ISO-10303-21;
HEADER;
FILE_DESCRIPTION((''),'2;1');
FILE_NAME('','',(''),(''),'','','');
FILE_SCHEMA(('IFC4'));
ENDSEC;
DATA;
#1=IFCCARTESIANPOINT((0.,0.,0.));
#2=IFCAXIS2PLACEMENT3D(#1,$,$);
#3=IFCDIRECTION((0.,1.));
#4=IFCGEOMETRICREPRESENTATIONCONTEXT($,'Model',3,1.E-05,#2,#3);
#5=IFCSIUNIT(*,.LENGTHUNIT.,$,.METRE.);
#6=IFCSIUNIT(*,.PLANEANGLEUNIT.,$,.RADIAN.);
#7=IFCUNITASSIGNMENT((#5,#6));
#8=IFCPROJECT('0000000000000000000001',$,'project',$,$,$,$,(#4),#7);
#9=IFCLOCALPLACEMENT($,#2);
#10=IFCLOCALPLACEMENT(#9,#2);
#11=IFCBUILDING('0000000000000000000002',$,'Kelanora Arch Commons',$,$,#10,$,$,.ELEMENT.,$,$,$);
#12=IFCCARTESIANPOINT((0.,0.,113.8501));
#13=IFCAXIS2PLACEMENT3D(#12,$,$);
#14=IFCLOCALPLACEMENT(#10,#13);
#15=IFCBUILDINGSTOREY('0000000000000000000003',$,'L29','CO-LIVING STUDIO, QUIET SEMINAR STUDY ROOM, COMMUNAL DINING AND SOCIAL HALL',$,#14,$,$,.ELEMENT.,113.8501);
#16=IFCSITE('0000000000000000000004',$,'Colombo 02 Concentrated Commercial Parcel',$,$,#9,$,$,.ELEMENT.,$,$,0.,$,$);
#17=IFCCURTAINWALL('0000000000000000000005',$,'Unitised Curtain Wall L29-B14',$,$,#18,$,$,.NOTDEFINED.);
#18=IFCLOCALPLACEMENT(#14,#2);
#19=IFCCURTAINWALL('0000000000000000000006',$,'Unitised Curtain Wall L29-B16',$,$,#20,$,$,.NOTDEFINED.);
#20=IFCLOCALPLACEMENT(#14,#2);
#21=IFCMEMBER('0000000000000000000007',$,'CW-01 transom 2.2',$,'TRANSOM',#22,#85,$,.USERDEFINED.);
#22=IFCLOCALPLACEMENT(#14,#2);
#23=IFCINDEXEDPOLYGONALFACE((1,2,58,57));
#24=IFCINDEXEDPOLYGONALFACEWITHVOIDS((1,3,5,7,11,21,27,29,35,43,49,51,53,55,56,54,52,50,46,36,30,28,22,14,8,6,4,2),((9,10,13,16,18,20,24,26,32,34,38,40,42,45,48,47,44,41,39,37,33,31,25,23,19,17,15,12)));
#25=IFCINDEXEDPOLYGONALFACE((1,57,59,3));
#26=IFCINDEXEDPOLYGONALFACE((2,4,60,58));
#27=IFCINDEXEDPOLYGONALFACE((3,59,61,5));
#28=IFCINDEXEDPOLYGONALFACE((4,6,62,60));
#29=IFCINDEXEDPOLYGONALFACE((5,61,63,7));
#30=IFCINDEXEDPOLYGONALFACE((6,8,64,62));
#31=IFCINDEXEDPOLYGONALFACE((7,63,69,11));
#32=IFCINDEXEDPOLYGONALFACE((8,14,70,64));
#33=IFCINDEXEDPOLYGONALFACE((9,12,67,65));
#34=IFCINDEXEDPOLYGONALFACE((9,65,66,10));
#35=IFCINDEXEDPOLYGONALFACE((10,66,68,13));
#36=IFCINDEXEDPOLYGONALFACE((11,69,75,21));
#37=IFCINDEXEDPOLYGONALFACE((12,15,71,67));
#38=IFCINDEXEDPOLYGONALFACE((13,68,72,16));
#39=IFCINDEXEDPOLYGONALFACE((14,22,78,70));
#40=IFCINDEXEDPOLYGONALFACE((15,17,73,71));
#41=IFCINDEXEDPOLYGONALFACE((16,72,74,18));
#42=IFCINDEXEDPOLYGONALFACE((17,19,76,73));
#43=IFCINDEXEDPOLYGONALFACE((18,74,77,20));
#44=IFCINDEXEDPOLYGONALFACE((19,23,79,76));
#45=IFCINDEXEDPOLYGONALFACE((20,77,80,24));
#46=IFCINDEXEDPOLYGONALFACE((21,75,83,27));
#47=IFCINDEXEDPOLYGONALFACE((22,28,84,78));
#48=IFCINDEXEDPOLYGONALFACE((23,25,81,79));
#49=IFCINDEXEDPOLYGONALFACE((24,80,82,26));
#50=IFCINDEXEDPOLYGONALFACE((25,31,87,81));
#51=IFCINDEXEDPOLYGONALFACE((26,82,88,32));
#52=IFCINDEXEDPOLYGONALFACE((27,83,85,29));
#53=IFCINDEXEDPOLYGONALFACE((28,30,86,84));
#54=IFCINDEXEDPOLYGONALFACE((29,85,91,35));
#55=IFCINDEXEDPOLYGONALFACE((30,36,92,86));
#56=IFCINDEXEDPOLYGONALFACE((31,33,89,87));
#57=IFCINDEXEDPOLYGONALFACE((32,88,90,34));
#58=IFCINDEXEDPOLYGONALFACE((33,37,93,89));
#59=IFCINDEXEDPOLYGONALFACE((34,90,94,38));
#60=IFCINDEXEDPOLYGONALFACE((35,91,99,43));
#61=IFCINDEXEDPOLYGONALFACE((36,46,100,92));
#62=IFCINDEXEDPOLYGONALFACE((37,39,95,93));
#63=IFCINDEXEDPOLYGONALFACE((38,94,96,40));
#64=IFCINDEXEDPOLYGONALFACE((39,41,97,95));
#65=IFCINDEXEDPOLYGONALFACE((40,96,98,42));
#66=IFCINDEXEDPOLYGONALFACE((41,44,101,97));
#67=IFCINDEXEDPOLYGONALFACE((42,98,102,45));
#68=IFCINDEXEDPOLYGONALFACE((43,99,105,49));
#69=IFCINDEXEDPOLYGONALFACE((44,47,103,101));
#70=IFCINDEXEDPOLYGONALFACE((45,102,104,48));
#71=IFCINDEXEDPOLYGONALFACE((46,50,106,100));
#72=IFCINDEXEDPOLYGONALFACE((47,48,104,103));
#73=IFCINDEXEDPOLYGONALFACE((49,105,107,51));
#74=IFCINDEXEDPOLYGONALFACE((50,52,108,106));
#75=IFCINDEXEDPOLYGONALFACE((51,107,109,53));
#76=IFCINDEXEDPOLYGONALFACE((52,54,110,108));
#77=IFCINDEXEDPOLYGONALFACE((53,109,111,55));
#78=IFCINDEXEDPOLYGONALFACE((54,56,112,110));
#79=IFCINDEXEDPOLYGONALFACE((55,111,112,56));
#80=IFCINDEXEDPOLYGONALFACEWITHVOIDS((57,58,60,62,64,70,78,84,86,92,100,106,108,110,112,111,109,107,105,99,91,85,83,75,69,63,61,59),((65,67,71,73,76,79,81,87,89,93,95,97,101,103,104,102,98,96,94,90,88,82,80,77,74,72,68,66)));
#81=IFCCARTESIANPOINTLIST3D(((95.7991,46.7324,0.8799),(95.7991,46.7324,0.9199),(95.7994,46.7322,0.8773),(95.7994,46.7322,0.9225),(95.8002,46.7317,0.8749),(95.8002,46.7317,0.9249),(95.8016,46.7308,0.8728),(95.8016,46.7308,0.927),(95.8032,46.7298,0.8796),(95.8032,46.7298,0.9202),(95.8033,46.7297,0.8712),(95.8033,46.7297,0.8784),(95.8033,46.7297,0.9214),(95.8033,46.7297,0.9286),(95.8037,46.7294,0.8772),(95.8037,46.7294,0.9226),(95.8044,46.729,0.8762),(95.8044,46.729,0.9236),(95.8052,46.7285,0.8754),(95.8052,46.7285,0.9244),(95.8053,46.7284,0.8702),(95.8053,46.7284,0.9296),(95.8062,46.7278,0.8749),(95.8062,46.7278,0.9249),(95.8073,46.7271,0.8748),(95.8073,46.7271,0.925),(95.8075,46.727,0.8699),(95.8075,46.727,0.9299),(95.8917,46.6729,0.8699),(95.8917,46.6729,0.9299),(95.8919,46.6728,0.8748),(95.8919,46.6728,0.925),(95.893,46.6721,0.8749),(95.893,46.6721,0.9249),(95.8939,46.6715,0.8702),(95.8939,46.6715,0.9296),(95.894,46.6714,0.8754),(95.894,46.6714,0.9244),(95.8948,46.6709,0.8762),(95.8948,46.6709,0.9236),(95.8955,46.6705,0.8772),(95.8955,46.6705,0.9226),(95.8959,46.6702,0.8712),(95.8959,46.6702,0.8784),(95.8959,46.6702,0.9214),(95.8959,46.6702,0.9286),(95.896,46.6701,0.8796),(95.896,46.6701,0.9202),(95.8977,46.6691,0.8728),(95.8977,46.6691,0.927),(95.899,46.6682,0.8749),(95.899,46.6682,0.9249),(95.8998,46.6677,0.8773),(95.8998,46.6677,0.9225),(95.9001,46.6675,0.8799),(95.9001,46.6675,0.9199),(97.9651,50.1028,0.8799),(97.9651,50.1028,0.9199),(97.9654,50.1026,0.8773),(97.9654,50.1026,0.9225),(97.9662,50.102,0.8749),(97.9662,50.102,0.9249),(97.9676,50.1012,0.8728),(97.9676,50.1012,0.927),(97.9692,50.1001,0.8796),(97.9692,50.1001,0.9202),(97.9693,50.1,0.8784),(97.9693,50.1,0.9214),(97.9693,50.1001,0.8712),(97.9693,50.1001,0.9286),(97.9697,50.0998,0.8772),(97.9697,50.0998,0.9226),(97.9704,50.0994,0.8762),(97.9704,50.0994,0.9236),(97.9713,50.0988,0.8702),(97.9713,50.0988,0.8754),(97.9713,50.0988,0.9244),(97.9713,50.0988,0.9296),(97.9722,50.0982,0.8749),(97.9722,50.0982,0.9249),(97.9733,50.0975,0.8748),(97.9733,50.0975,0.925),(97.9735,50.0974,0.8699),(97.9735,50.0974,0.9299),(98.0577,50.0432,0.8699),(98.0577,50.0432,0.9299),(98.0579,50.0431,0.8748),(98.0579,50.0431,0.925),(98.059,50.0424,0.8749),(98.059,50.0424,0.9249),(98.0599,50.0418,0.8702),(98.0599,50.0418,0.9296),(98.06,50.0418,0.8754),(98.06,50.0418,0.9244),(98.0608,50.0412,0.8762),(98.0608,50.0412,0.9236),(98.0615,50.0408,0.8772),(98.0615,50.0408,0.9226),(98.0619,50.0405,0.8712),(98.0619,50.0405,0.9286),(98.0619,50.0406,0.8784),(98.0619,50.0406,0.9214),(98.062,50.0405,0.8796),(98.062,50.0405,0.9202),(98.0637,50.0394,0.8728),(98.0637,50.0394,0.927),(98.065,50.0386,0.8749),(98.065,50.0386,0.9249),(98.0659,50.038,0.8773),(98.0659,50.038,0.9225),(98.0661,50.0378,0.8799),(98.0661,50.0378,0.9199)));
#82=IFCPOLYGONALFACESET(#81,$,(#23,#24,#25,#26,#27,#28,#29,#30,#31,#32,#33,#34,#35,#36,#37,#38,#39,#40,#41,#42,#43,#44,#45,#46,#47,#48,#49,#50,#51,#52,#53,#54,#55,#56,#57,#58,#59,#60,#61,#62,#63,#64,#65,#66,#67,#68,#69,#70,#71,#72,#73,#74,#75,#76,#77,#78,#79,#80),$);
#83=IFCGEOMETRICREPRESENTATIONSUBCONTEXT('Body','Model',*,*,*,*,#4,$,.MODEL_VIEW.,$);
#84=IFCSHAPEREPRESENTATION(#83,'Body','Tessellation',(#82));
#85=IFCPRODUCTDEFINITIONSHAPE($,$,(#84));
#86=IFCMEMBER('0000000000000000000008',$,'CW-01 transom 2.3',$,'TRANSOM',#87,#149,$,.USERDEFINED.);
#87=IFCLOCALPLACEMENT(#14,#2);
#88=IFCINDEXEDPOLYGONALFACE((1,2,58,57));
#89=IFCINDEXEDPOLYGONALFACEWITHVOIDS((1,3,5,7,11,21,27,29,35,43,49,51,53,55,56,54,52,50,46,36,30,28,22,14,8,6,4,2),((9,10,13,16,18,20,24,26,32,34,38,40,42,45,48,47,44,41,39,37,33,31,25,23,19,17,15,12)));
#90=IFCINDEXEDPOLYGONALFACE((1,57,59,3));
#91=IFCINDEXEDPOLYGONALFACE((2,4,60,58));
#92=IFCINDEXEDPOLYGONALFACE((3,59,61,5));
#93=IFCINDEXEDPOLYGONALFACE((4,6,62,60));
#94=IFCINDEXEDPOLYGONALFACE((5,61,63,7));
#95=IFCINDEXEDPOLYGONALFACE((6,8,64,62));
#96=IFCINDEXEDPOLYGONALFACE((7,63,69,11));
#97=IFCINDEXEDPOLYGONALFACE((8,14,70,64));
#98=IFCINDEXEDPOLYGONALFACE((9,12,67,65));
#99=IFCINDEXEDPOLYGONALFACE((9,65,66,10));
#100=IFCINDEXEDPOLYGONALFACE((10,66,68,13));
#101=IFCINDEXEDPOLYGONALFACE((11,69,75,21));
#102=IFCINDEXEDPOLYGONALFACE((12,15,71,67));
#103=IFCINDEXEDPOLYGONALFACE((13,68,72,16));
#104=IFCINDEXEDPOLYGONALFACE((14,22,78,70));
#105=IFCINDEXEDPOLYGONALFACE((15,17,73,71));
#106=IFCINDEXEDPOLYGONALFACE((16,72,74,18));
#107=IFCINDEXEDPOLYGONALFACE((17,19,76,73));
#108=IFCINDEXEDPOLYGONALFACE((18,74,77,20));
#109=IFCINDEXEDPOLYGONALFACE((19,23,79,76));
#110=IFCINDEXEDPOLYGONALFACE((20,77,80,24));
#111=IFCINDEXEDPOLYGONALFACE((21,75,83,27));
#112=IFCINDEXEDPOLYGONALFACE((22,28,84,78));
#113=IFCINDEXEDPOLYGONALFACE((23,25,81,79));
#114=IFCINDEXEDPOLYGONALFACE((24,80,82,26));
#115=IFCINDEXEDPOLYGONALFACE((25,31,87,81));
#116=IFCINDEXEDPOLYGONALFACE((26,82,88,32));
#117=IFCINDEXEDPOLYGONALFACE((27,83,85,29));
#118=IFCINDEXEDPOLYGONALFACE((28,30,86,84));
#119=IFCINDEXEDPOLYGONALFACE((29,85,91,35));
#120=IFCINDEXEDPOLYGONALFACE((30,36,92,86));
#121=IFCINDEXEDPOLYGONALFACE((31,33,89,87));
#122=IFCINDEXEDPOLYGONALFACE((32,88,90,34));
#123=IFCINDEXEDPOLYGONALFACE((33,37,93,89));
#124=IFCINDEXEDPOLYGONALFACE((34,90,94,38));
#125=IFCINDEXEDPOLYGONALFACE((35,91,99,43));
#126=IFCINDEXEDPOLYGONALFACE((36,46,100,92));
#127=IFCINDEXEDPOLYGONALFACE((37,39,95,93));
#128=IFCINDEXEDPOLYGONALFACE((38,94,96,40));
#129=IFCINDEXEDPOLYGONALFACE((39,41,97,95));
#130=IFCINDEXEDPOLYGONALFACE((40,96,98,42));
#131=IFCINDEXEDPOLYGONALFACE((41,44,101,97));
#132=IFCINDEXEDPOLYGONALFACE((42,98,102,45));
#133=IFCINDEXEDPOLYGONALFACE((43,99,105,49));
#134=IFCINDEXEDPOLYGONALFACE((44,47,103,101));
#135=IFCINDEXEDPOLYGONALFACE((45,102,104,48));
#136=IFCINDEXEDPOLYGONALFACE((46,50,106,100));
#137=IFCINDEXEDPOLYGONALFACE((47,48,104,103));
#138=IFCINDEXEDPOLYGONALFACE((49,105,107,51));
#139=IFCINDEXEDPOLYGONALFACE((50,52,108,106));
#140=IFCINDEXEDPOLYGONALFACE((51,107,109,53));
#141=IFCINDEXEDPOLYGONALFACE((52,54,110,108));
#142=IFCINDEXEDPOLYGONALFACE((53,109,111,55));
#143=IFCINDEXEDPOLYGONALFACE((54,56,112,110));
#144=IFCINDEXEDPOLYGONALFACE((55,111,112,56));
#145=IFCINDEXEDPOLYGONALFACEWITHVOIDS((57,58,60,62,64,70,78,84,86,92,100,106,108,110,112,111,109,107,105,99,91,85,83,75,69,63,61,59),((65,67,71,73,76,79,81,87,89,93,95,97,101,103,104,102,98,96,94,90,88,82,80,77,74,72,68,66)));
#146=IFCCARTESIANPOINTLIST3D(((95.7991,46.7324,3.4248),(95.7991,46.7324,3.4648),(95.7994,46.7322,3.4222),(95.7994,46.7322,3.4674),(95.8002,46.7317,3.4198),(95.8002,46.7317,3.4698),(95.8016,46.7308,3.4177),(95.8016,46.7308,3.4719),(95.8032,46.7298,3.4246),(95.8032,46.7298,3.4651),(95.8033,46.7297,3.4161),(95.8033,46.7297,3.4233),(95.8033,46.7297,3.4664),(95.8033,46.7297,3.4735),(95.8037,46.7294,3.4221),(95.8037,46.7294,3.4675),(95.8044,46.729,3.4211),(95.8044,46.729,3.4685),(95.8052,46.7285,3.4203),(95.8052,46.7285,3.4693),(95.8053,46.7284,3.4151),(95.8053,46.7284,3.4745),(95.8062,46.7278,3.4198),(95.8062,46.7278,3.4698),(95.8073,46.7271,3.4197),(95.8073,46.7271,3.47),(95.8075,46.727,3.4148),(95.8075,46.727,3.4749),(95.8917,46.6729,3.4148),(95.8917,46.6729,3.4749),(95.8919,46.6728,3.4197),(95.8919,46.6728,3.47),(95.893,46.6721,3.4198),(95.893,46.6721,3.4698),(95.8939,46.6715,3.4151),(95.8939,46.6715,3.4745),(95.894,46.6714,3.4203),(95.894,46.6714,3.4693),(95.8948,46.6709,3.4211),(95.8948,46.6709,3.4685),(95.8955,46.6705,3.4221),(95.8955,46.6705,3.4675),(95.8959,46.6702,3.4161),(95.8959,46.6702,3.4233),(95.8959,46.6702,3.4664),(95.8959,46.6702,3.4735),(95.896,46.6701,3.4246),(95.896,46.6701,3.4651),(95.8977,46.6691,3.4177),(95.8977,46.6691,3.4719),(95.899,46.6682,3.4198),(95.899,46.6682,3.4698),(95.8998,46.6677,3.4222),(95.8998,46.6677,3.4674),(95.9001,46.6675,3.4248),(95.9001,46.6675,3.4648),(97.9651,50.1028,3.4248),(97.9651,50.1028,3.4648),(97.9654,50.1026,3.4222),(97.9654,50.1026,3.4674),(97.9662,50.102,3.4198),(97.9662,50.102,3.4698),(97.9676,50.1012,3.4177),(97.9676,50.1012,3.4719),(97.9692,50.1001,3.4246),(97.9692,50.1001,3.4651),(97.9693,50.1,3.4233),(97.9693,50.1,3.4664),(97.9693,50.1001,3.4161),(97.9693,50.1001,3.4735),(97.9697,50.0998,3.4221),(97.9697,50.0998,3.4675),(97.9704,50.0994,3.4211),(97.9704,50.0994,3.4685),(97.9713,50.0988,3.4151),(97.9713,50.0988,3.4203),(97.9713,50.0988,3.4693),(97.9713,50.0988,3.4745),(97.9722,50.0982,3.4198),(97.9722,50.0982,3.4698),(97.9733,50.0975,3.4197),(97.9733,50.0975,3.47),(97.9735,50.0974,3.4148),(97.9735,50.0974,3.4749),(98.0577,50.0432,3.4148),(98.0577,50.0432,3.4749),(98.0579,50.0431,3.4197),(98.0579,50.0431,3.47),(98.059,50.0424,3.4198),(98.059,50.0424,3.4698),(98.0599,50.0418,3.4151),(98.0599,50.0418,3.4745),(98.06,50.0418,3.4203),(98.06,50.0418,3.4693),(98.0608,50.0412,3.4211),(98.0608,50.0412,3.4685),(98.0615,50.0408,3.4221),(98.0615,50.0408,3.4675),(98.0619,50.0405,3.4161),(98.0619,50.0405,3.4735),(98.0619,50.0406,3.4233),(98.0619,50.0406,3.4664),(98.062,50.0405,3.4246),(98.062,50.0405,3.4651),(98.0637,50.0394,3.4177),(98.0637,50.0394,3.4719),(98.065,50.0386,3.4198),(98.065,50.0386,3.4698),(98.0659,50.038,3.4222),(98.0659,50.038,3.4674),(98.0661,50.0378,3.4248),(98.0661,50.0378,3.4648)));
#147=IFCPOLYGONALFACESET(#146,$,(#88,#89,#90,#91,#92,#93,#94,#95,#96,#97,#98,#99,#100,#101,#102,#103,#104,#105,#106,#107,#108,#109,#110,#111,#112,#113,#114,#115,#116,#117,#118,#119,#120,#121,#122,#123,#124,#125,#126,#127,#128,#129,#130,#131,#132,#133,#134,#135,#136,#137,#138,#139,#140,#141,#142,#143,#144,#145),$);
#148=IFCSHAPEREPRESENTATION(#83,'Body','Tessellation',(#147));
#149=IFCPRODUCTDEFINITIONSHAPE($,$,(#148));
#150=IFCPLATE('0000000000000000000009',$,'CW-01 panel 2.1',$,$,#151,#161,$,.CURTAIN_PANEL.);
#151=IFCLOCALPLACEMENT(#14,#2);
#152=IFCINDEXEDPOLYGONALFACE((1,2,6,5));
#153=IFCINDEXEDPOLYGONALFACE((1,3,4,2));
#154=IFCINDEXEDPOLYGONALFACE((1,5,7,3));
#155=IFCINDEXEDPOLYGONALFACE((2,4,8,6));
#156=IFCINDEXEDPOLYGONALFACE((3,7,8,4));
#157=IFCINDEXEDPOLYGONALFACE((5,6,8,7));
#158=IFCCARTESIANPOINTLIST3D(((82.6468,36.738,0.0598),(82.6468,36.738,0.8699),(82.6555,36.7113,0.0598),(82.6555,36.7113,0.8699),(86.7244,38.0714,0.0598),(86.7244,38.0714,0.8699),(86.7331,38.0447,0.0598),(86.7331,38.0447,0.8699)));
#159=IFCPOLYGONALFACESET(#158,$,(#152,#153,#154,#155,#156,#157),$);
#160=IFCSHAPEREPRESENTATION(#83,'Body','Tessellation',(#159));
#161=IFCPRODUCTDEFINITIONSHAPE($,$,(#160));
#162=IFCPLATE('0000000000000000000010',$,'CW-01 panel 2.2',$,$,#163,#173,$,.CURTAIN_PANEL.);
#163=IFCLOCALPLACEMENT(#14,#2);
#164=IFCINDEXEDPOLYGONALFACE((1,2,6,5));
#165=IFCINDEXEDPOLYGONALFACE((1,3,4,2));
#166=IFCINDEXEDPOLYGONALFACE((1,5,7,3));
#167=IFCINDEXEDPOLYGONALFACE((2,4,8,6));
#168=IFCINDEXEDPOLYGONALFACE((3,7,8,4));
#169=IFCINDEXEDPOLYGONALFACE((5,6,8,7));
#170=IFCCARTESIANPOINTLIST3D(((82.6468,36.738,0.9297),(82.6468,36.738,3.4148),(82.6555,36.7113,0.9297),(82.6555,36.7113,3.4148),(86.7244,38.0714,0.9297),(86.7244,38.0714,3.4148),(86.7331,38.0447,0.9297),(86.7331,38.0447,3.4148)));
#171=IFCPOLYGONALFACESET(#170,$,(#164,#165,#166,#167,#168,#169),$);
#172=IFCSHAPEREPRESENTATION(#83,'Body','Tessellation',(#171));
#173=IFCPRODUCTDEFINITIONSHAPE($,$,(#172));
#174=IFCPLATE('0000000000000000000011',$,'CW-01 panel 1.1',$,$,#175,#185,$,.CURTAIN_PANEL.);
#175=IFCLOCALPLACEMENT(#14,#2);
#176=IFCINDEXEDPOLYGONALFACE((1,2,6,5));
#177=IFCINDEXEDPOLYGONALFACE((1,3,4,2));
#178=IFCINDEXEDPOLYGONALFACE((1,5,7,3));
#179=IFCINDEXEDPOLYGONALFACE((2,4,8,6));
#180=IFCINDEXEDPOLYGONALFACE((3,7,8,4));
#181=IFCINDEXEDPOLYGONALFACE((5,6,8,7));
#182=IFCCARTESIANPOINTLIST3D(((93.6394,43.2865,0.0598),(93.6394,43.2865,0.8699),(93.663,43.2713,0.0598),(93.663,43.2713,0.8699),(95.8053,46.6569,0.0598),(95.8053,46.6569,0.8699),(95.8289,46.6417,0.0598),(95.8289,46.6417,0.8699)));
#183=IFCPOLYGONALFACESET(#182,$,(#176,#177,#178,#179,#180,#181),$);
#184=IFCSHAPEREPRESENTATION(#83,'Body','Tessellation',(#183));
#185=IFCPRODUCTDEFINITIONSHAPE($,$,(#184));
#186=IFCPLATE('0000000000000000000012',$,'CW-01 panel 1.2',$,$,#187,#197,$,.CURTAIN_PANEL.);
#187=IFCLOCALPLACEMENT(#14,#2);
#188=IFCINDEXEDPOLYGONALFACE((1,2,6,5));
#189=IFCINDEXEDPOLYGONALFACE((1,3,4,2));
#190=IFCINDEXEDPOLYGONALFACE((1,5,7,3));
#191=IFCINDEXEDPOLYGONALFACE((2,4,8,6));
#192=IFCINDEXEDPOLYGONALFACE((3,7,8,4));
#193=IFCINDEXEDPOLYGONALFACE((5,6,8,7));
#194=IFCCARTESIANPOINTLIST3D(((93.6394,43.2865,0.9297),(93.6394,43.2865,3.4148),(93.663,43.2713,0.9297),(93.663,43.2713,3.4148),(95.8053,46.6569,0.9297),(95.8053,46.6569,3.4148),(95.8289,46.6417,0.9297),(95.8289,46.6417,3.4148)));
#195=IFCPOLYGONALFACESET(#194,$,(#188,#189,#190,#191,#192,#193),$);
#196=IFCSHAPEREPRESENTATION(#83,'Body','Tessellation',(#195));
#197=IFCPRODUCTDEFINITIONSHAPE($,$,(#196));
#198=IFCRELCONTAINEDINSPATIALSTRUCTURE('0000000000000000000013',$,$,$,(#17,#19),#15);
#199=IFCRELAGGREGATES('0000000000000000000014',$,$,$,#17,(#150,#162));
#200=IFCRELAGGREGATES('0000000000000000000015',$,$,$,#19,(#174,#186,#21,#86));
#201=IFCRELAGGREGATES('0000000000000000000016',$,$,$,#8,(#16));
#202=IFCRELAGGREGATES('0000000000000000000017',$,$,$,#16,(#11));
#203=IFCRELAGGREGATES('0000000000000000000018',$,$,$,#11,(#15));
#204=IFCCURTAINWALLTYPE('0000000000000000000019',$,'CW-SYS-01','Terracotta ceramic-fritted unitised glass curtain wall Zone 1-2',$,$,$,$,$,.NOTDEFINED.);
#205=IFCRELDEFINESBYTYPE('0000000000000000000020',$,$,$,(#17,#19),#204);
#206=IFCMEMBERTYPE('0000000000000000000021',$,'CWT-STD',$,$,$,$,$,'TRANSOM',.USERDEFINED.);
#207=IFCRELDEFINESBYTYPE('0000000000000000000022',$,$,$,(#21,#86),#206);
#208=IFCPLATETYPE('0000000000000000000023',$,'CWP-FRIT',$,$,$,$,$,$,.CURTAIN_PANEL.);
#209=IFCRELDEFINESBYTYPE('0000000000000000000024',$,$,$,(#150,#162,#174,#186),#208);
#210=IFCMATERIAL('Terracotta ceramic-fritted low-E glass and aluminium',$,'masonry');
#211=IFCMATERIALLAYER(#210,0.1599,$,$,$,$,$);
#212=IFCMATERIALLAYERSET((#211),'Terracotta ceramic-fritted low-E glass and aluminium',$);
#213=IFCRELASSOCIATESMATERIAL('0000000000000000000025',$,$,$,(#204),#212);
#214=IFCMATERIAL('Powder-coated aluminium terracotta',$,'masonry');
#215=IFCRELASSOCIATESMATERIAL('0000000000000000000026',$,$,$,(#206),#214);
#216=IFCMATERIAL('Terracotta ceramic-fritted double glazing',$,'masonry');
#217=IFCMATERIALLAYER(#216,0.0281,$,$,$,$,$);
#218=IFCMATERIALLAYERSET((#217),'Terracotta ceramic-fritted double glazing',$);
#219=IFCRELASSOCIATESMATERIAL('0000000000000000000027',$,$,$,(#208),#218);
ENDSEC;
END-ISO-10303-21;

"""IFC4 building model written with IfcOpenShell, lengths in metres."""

from ifc_helpers import new_model, si_unit, direction, frame, origin, origin_2d, place, context, subcontext, project, spatial, rectangle, hollow_rectangle, extrude, source, transform, mapped, material, layer, layer_set, material_profile, profile_set, type_object, element, aggregate, save


model = new_model("IFC4")

# Units and contexts
model_context = context("Model", 3, precision=1e-05, world=origin(), true_north=direction((0.0, 1.0)))
body_context = subcontext(model_context, "Body", "Model", "MODEL_VIEW")
ifc_project = project(units=[si_unit("LENGTHUNIT", "METRE"), si_unit("PLANEANGLEUNIT", "RADIAN")], contexts=[model_context])

# Site, building, storey
site_placement = place(None, origin())
site = spatial("IfcSite", under=ifc_project, at=site_placement, Name="Colombo 02 Concentrated Commercial Parcel", CompositionType="ELEMENT", RefElevation=0.0)
building_placement = place(site_placement, origin())
building = spatial("IfcBuilding", under=site, at=building_placement, Name="Kelanora Arch Commons", CompositionType="ELEMENT")
storey_placement = place(building_placement, frame((0.0, 0.0, 113.8501)))
storey = spatial("IfcBuildingStorey", under=building, at=storey_placement, Name="L29", Description="CO-LIVING STUDIO, QUIET SEMINAR STUDY ROOM, COMMUNAL DINING AND SOCIAL HALL", CompositionType="ELEMENT", Elevation=113.8501)

# Curtain wall
ifc_material_1 = material(Name="Terracotta ceramic-fritted low-E glass and aluminium", Category="masonry")
ifc_layer_1 = layer(ifc_material_1, 0.1599)
ifc_layer_set_1 = layer_set([ifc_layer_1], Name="Terracotta ceramic-fritted low-E glass and aluminium")
curtain_wall_type = type_object("IfcCurtainWallType", Name="CW-SYS-01", Description="Terracotta ceramic-fritted unitised glass curtain wall Zone 1-2", PredefinedType="NOTDEFINED", material=ifc_layer_set_1)
curtain_wall_1_placement = place(storey_placement, origin())
curtain_wall_1 = element("IfcCurtainWall", 1, at=curtain_wall_1_placement, inside=storey, type_object=curtain_wall_type, Name="Unitised Curtain Wall L29-B14", PredefinedType="NOTDEFINED")
ifc_material_2 = material(Name="Powder-coated aluminium terracotta", Category="masonry")

# Curtain wall, members
curtain_wall_2_placement = place(storey_placement, origin())
curtain_wall_2 = element("IfcCurtainWall", 2, at=curtain_wall_2_placement, inside=storey, type_object=curtain_wall_type, Name="Unitised Curtain Wall L29-B16", PredefinedType="NOTDEFINED")
ifc_material_profile_1 = material_profile(ifc_material_2, hollow_rectangle(XDim=0.1201, YDim=0.0601, WallThickness=0.0049, InnerFilletRadius=0.0049, OuterFilletRadius=0.01, at=origin_2d()), Name="CWT120x60")
ifc_profile_set_1 = profile_set([ifc_material_profile_1], Name="Powder-coated aluminium terracotta")
member_type_1 = type_object("IfcMemberType", Name="CWT-STD", ElementType="TRANSOM", PredefinedType="USERDEFINED", material=ifc_profile_set_1)
member_1_placement = place(storey_placement, frame((95.8496, 46.7, 0.8999), z_axis=(0.540644, 0.841252, 0.0), x_axis=(-0.841252, 0.540644, 0.0)))
member_1 = element("IfcMember", 3, at=member_1_placement, type_object=member_type_1, Name="CW-01 transom 2.2", ObjectType="TRANSOM", PredefinedType="USERDEFINED", context=body_context, shape_type="SweptSolid", body=[
    extrude(hollow_rectangle(XDim=0.1201, YDim=0.0601, WallThickness=0.0049, InnerFilletRadius=0.0049, OuterFilletRadius=0.01, at=origin_2d()), origin(), (0.0, 0.0, 1.0), 4.0063),
])
member_2_placement = place(storey_placement, frame((95.8496, 46.7, 3.4448), z_axis=(0.540644, 0.841252, 0.0), x_axis=(-0.841252, 0.540644, 0.0)))
member_2 = element("IfcMember", 4, at=member_2_placement, type_object=member_type_1, Name="CW-01 transom 2.3", ObjectType="TRANSOM", PredefinedType="USERDEFINED", context=body_context, shape_type="SweptSolid", body=[
    extrude(hollow_rectangle(XDim=0.1201, YDim=0.0601, WallThickness=0.0049, InnerFilletRadius=0.0049, OuterFilletRadius=0.01, at=origin_2d()), origin(), (0.0, 0.0, 1.0), 4.0063),
])

# Plates
ifc_material_3 = material(Name="Terracotta ceramic-fritted double glazing", Category="masonry")
ifc_layer_2 = layer(ifc_material_3, 0.0281)
ifc_layer_set_2 = layer_set([ifc_layer_2], Name="Terracotta ceramic-fritted double glazing")
plate_type = type_object("IfcPlateType", Name="CWP-FRIT", PredefinedType="CURTAIN_PANEL", material=ifc_layer_set_2)
shared_shape_1 = source(origin(), body_context, "Body", "SweptSolid", [
    extrude(rectangle(XDim=4.29, YDim=0.0281, at=origin_2d()), origin(), (0.0, 0.0, 1.0), 0.8101),
])
plate_1_placement = place(storey_placement, frame((84.6899, 37.3914, 0.0598), z_axis=(0.0, 0.0, 1.0), x_axis=(0.950474, 0.310805, 0.0)))
plate_1 = element("IfcPlate", 5, at=plate_1_placement, type_object=plate_type, Name="CW-01 panel 2.1", PredefinedType="CURTAIN_PANEL", context=body_context, shape_type="MappedRepresentation", body=[
    mapped(shared_shape_1, transform((0.0, 0.0, 0.0), scale=1.0)),
])
shared_shape_2 = source(origin(), body_context, "Body", "SweptSolid", [
    extrude(rectangle(XDim=4.29, YDim=0.0281, at=origin_2d()), origin(), (0.0, 0.0, 1.0), 2.4851),
])
plate_2_placement = place(storey_placement, frame((84.6899, 37.3914, 0.9297), z_axis=(0.0, 0.0, 1.0), x_axis=(0.950474, 0.310805, 0.0)))
plate_2 = element("IfcPlate", 6, at=plate_2_placement, type_object=plate_type, Name="CW-01 panel 2.2", PredefinedType="CURTAIN_PANEL", context=body_context, shape_type="MappedRepresentation", body=[
    mapped(shared_shape_2, transform((0.0, 0.0, 0.0), scale=1.0)),
])
aggregate(curtain_wall_1, [plate_1, plate_2])
shared_shape_3 = source(origin(), body_context, "Body", "SweptSolid", [
    extrude(rectangle(XDim=4.0063, YDim=0.0281, at=origin_2d()), origin(), (0.0, 0.0, 1.0), 0.8101),
])
plate_3_placement = place(storey_placement, frame((94.7341, 44.9641, 0.0598), z_axis=(0.0, 0.0, 1.0), x_axis=(0.540617, 0.841269, 0.0)))
plate_3 = element("IfcPlate", 7, at=plate_3_placement, type_object=plate_type, Name="CW-01 panel 1.1", PredefinedType="CURTAIN_PANEL", context=body_context, shape_type="MappedRepresentation", body=[
    mapped(shared_shape_3, transform((0.0, 0.0, 0.0), scale=1.0)),
])
shared_shape_4 = source(origin(), body_context, "Body", "SweptSolid", [
    extrude(rectangle(XDim=4.0063, YDim=0.0281, at=origin_2d()), origin(), (0.0, 0.0, 1.0), 2.4851),
])
plate_4_placement = place(storey_placement, frame((94.7341, 44.9641, 0.9297), z_axis=(0.0, 0.0, 1.0), x_axis=(0.540617, 0.841269, 0.0)))
plate_4 = element("IfcPlate", 8, at=plate_4_placement, type_object=plate_type, Name="CW-01 panel 1.2", PredefinedType="CURTAIN_PANEL", context=body_context, shape_type="MappedRepresentation", body=[
    mapped(shared_shape_4, transform((0.0, 0.0, 0.0), scale=1.0)),
])
aggregate(curtain_wall_2, [plate_3, plate_4, member_1, member_2])

save(model, "model.ifc")
